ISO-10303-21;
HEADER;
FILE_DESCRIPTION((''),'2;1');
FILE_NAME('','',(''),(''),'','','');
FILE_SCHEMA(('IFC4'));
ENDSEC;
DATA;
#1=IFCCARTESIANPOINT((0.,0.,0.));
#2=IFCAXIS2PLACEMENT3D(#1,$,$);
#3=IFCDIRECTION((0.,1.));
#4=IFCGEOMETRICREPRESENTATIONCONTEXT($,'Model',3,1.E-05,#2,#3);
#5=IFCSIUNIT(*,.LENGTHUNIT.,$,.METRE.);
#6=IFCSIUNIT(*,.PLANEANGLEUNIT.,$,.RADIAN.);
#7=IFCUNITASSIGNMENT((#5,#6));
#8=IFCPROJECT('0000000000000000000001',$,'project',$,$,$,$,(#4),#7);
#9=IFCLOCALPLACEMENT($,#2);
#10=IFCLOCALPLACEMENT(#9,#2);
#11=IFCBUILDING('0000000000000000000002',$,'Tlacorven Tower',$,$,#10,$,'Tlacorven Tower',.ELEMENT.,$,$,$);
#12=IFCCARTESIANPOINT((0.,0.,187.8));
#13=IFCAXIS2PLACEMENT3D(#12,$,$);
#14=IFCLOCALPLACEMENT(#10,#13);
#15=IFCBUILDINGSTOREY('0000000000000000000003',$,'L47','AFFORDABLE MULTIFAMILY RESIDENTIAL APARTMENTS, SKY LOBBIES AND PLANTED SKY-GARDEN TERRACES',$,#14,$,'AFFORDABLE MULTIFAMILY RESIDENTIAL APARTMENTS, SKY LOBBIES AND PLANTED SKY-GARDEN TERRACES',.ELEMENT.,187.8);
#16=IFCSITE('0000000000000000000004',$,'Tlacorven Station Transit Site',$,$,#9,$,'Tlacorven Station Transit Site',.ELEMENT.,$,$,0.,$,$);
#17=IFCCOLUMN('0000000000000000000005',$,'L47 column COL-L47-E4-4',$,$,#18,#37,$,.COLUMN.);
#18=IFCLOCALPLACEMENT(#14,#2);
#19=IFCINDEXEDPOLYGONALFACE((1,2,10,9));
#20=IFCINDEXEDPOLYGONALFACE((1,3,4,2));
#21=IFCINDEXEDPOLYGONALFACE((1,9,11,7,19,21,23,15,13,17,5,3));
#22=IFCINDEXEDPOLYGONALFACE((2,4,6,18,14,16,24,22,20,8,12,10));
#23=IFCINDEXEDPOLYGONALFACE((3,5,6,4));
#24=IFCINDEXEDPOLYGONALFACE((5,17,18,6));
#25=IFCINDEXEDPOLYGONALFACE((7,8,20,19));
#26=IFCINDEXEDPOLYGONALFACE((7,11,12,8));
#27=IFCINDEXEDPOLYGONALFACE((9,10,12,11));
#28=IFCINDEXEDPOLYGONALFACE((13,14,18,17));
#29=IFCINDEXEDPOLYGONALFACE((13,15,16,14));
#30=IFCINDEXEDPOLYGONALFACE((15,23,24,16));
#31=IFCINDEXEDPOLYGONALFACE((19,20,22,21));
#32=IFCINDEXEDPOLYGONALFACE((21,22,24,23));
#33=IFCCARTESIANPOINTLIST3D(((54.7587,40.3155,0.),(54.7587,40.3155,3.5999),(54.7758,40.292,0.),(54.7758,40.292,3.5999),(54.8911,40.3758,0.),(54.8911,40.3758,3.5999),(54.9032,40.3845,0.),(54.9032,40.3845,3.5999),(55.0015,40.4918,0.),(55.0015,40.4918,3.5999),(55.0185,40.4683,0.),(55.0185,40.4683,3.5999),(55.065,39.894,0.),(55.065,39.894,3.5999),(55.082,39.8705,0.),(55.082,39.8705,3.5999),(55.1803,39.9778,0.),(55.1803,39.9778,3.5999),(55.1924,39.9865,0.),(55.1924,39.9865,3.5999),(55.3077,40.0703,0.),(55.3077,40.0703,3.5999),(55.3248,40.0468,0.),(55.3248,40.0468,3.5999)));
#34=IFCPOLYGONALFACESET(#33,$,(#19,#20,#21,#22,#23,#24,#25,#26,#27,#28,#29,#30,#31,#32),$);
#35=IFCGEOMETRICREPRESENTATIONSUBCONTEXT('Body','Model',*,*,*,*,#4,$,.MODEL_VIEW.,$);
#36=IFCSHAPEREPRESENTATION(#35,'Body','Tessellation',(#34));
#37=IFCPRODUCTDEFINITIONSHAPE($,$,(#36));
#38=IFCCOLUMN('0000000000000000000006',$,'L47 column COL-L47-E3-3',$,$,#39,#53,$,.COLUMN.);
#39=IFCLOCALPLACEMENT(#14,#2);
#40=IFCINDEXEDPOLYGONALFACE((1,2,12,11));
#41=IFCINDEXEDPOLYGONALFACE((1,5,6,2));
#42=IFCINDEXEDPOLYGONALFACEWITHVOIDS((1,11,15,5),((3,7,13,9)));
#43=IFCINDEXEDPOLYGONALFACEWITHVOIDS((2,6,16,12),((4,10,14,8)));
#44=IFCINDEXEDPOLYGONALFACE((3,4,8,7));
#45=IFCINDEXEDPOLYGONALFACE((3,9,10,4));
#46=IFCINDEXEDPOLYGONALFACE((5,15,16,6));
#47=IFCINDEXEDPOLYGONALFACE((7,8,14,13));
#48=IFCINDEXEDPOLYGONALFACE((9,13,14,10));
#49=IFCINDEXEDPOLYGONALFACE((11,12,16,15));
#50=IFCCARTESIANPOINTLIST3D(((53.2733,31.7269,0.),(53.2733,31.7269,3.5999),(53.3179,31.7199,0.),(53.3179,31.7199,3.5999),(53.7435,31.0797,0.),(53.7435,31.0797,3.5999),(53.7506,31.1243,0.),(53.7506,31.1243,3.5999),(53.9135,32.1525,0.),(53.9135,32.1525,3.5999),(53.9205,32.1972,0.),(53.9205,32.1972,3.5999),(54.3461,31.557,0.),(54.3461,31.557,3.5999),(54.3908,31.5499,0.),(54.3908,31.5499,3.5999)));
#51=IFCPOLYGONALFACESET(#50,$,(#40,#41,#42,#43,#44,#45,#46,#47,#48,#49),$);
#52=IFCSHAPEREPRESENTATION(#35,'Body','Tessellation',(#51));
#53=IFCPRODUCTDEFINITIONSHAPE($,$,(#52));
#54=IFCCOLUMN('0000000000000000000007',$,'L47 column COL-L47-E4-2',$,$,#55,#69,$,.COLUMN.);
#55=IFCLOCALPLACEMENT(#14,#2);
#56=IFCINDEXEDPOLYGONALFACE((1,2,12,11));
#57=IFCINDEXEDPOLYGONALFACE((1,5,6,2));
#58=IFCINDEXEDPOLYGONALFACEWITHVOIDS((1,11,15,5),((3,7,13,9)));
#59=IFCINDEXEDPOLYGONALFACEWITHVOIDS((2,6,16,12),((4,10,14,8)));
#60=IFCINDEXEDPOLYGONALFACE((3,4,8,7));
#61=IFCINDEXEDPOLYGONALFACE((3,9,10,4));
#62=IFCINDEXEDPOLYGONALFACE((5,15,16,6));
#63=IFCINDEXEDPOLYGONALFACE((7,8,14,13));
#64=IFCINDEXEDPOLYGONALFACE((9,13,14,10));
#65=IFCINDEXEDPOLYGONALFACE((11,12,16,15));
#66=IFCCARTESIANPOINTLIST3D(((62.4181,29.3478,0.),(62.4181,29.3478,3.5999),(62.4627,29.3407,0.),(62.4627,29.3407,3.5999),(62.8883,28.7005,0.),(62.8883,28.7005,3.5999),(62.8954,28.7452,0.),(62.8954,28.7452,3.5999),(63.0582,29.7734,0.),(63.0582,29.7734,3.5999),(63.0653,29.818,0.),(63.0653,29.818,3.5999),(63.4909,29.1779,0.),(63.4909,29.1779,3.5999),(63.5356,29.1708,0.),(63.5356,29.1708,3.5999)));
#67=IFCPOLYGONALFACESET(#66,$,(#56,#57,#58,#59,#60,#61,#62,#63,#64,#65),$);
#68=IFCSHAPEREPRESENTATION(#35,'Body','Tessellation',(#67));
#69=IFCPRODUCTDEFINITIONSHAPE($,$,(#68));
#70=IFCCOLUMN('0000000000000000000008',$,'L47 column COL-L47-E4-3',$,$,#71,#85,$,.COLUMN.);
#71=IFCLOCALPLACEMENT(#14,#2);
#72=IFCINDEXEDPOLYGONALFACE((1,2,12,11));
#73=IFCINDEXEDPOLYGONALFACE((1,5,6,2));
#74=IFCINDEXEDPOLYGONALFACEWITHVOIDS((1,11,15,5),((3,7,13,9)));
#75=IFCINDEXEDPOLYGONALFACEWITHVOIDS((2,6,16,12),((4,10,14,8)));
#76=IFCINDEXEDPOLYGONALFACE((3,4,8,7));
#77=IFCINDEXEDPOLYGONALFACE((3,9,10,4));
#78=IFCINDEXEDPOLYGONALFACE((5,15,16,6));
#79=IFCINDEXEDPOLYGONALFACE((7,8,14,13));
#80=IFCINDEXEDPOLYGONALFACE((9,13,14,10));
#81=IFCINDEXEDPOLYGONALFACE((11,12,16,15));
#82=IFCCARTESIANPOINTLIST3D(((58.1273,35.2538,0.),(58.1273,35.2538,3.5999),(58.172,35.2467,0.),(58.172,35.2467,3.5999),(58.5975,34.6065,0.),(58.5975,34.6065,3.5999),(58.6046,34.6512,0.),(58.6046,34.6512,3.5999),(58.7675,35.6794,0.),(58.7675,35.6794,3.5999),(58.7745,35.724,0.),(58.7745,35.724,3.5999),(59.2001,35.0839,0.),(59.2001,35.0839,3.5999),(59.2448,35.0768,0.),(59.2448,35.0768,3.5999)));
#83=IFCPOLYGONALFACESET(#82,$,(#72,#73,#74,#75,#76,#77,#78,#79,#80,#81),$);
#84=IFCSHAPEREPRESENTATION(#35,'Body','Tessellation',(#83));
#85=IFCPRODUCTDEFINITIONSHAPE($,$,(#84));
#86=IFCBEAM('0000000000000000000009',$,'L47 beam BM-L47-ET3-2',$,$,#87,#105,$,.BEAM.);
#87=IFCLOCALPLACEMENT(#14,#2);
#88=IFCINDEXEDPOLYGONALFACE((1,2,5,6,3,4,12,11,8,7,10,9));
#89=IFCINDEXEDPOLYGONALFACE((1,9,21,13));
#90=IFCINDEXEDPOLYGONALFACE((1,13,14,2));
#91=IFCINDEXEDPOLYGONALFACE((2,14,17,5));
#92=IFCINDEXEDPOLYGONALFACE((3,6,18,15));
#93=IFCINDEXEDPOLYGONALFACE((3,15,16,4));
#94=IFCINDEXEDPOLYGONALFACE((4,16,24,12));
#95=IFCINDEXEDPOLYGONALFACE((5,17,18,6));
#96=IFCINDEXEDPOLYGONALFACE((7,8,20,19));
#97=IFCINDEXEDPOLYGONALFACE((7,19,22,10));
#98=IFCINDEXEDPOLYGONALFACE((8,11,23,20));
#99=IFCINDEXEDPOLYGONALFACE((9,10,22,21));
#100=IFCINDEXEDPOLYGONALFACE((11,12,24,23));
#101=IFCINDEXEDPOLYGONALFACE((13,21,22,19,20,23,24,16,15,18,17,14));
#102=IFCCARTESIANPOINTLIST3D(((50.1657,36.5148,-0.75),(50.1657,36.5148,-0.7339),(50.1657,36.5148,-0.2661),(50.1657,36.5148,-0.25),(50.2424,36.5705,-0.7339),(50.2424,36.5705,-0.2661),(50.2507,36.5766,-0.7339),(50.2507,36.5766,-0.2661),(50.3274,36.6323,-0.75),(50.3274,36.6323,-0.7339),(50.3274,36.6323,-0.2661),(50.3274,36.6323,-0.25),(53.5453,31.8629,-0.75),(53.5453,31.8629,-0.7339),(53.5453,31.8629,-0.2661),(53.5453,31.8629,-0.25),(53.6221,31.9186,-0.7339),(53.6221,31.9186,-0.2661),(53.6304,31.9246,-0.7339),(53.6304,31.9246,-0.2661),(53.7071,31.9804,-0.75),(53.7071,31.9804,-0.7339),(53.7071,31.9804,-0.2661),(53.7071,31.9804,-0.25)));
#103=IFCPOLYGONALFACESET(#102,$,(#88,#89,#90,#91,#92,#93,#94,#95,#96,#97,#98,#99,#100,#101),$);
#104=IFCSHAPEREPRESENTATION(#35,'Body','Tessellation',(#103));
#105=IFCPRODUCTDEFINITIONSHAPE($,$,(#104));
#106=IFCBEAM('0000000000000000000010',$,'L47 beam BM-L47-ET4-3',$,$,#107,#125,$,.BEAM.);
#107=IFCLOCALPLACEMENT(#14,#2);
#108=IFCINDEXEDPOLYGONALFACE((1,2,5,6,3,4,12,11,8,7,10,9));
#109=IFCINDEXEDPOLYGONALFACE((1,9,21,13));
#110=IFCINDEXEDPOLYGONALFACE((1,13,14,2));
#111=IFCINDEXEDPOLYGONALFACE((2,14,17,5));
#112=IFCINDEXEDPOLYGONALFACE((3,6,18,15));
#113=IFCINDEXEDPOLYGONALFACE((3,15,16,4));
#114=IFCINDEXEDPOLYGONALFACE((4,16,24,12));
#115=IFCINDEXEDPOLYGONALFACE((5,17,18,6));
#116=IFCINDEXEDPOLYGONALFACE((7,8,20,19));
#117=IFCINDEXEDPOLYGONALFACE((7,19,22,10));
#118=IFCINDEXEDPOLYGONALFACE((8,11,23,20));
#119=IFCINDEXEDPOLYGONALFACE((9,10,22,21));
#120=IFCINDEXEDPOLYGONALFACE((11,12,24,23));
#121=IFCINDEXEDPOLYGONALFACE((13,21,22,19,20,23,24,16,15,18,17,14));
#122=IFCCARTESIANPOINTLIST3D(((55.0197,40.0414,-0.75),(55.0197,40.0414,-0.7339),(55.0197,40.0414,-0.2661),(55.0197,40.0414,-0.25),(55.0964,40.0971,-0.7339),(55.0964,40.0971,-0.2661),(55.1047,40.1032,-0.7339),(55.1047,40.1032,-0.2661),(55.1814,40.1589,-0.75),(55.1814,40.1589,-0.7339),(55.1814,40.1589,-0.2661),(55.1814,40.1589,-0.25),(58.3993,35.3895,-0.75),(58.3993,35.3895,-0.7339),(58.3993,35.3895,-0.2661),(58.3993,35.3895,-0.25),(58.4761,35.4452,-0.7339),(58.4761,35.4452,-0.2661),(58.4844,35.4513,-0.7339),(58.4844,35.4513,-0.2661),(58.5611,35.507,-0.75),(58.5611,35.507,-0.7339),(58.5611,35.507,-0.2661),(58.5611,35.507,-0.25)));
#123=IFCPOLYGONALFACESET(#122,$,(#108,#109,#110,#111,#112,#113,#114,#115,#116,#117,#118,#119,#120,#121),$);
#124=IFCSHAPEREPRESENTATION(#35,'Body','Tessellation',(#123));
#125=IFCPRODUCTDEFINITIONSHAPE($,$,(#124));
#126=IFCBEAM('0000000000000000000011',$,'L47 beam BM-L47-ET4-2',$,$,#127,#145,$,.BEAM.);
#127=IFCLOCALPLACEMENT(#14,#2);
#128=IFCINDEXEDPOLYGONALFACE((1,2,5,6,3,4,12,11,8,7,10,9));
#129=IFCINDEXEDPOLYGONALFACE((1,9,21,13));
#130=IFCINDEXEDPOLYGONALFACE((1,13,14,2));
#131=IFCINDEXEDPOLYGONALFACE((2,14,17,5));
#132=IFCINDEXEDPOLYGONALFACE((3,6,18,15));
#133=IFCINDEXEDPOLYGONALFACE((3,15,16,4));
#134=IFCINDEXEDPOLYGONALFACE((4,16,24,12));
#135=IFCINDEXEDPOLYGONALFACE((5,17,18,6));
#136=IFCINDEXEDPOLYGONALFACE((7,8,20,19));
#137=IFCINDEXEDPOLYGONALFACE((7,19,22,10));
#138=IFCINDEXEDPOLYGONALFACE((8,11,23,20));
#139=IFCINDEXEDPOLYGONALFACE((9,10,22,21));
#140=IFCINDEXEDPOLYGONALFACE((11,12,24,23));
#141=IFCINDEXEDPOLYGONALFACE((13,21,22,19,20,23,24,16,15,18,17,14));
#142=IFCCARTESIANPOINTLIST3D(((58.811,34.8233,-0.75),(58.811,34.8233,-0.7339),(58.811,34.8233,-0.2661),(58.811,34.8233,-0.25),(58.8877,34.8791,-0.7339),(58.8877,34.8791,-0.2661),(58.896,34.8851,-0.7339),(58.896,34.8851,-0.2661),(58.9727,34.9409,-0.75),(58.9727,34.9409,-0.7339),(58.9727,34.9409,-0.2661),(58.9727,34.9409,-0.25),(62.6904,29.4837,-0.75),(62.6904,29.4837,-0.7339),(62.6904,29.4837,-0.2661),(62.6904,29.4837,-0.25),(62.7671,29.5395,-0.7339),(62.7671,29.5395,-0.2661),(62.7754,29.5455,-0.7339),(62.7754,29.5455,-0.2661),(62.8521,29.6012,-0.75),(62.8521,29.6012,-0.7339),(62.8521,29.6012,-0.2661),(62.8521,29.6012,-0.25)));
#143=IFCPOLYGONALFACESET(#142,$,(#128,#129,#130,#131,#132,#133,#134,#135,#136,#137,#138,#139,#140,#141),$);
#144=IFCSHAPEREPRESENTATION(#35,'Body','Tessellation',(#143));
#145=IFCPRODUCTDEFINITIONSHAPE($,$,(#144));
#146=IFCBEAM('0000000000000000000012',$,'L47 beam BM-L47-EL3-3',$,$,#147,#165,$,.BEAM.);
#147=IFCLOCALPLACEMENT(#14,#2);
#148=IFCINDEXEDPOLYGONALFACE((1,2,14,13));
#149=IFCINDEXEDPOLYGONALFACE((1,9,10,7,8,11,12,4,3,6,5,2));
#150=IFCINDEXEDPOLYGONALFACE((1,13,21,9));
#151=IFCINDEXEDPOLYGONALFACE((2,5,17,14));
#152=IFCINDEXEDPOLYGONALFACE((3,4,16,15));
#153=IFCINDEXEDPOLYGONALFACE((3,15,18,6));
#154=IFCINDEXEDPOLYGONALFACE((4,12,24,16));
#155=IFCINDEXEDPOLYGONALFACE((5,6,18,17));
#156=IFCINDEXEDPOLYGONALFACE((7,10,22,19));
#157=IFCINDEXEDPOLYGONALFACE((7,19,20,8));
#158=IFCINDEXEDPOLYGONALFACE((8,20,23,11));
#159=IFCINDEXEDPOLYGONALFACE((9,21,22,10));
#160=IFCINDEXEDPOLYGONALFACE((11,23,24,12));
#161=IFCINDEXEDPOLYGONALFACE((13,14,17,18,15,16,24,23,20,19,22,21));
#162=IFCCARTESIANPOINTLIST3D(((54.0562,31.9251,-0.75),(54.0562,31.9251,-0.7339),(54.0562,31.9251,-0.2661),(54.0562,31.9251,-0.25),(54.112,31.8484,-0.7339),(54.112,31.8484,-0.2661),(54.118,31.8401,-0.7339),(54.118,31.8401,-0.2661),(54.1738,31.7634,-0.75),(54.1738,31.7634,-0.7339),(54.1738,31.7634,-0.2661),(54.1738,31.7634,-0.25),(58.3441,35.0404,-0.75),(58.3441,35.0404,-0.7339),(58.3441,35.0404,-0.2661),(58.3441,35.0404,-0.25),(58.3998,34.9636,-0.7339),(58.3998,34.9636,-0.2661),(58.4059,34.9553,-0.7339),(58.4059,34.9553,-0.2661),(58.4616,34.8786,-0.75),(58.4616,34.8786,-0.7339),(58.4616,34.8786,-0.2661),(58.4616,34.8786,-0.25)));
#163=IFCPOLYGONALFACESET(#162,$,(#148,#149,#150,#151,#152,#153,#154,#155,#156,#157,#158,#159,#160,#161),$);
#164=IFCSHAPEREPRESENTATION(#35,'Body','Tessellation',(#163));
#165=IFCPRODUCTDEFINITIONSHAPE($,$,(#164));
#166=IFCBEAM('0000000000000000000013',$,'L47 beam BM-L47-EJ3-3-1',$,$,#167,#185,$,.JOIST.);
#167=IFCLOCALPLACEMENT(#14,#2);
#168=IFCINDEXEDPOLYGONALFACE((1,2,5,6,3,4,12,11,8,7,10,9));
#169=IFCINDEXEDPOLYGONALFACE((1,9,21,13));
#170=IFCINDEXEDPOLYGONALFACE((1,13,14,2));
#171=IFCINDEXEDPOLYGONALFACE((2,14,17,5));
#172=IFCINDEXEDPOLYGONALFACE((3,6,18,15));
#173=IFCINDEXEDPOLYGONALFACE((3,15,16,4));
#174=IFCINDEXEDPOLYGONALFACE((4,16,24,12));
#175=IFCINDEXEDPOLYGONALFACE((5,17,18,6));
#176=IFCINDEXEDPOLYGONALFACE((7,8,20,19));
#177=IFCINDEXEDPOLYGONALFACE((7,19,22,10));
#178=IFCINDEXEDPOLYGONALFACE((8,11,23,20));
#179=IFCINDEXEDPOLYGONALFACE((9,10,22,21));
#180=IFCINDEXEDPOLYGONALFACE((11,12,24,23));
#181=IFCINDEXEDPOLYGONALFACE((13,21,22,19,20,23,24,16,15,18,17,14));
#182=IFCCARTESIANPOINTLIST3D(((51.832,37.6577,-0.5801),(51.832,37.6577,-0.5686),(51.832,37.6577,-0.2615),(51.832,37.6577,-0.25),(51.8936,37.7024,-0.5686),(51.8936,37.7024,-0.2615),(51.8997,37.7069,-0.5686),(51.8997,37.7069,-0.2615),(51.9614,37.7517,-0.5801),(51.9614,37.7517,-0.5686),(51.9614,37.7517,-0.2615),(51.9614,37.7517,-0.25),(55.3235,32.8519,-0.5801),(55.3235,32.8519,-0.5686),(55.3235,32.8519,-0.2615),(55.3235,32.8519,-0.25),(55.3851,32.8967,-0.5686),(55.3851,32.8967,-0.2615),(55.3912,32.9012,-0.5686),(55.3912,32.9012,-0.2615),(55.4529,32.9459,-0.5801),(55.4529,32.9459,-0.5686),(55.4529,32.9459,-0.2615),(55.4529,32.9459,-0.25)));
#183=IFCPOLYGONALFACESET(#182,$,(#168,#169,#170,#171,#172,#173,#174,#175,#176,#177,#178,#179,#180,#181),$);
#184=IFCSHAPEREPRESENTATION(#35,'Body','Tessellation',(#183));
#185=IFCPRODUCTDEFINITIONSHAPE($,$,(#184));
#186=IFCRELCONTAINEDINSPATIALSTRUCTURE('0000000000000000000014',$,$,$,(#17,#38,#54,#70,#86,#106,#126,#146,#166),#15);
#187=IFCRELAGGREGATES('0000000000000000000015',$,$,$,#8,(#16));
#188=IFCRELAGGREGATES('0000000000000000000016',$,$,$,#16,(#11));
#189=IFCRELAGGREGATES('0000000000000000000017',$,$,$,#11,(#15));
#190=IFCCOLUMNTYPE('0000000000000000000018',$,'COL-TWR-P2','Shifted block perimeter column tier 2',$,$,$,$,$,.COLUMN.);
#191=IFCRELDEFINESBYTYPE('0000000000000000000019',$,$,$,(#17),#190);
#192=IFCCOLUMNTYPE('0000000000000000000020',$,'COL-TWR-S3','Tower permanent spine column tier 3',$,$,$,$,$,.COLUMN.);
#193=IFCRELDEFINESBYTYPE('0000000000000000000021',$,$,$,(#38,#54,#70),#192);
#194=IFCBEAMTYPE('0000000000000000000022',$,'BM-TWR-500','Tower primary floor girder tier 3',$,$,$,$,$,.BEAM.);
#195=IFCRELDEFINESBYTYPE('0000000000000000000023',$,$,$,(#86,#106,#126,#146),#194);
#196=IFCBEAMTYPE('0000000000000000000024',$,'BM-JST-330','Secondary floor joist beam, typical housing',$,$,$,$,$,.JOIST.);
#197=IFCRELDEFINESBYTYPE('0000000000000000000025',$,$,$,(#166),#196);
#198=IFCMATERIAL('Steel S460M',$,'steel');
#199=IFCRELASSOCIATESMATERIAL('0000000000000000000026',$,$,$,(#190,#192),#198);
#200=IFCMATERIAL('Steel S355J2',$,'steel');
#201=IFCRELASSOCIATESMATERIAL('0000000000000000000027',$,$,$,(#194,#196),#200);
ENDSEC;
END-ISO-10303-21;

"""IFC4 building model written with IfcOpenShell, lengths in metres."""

from ifc_helpers import new_model, si_unit, direction, frame, origin, origin_2d, place, context, subcontext, project, spatial, hollow_rectangle, i_section, extrude, source, transform, mapped, material, material_profile, profile_set, type_object, element, save


model = new_model("IFC4")

# Units and contexts
model_context = context("Model", 3, precision=1e-05, world=origin(), true_north=direction((0.0, 1.0)))
body_context = subcontext(model_context, "Body", "Model", "MODEL_VIEW")
ifc_project = project(units=[si_unit("LENGTHUNIT", "METRE"), si_unit("PLANEANGLEUNIT", "RADIAN")], contexts=[model_context])

# Site, building, storey
site_placement = place(None, origin())
site = spatial("IfcSite", under=ifc_project, at=site_placement, Name="Tlacorven Station Transit Site", LongName="Tlacorven Station Transit Site", CompositionType="ELEMENT", RefElevation=0.0)
building_placement = place(site_placement, origin())
building = spatial("IfcBuilding", under=site, at=building_placement, Name="Tlacorven Tower", LongName="Tlacorven Tower", CompositionType="ELEMENT")
storey_placement = place(building_placement, frame((0.0, 0.0, 187.8)))
storey = spatial("IfcBuildingStorey", under=building, at=storey_placement, Name="L47", Description="AFFORDABLE MULTIFAMILY RESIDENTIAL APARTMENTS, SKY LOBBIES AND PLANTED SKY-GARDEN TERRACES", LongName="AFFORDABLE MULTIFAMILY RESIDENTIAL APARTMENTS, SKY LOBBIES AND PLANTED SKY-GARDEN TERRACES", CompositionType="ELEMENT", Elevation=187.8)

# Columns
ifc_material_1 = material(Name="Steel S460M", Category="steel")
ifc_material_profile_1 = material_profile(ifc_material_1, i_section(OverallWidth=0.3, OverallDepth=0.55, WebThickness=0.0149, FlangeThickness=0.0291, at=origin_2d()), Name="HEB 550")
ifc_profile_set_1 = profile_set([ifc_material_profile_1], Name="Steel S460M")
column_type_1 = type_object("IfcColumnType", Name="COL-TWR-P2", Description="Shifted block perimeter column tier 2", PredefinedType="COLUMN", material=ifc_profile_set_1)
shared_shape_1 = source(origin(), body_context, "Body", "SweptSolid", [
    extrude(i_section(OverallWidth=0.3, OverallDepth=0.55, WebThickness=0.0149, FlangeThickness=0.0291, at=origin_2d()), origin(), (0.0, 0.0, 1.0), 3.5999),
])
column_placement = place(storey_placement, frame((55.0417, 40.1812, 0.0), z_axis=(0.0, 0.0, 1.0), x_axis=(0.809017, 0.587785, 0.0)))
element("IfcColumn", 1, at=column_placement, inside=storey, type_object=column_type_1, Name="L47 column COL-L47-E4-4", PredefinedType="COLUMN", context=body_context, shape_type="MappedRepresentation", body=[
    mapped(shared_shape_1, transform((0.0, 0.0, 0.0), scale=1.0)),
])
ifc_material_profile_2 = material_profile(ifc_material_1, hollow_rectangle(XDim=0.8, YDim=0.8, WallThickness=0.032, at=origin_2d()), Name="BOX 800X800X32")
ifc_profile_set_2 = profile_set([ifc_material_profile_2], Name="Steel S460M")
column_type_2 = type_object("IfcColumnType", Name="COL-TWR-S3", Description="Tower permanent spine column tier 3", PredefinedType="COLUMN", material=ifc_profile_set_2)
shared_shape_2 = source(origin(), body_context, "Body", "SweptSolid", [
    extrude(hollow_rectangle(XDim=0.8, YDim=0.8, WallThickness=0.032, at=origin_2d()), origin(), (0.0, 0.0, 1.0), 3.5999),
])
for number, where, z_axis, x_axis, name in (
    (2, (53.832, 31.6384, 0.0), (0.0, 0.0, 1.0), (0.809017, 0.587785, 0.0), "L47 column COL-L47-E3-3"),
    (3, (62.9768, 29.2593, 0.0), (0.0, 0.0, 1.0), (0.809017, 0.587785, 0.0), "L47 column COL-L47-E4-2"),
    (4, (58.686, 35.1653, 0.0), (0.0, 0.0, 1.0), (0.809017, 0.587785, 0.0), "L47 column COL-L47-E4-3"),
):
    element("IfcColumn", number, at=place(storey_placement, frame(where, z_axis=z_axis, x_axis=x_axis)), inside=storey, type_object=column_type_2, Name=name, PredefinedType="COLUMN", context=body_context, shape_type="MappedRepresentation", body=[
        mapped(shared_shape_2, transform((0.0, 0.0, 0.0), scale=1.0)),
    ])

# Beams
ifc_material_2 = material(Name="Steel S355J2", Category="steel")
ifc_material_profile_3 = material_profile(ifc_material_2, i_section(OverallWidth=0.2, OverallDepth=0.5, WebThickness=0.0103, FlangeThickness=0.0161, at=origin_2d()), Name="IPE 500")
ifc_profile_set_3 = profile_set([ifc_material_profile_3], Name="Steel S355J2")
beam_type_1 = type_object("IfcBeamType", Name="BM-TWR-500", Description="Tower primary floor girder tier 3", PredefinedType="BEAM", material=ifc_profile_set_3)
shared_shape_3 = source(origin(), body_context, "Body", "SweptSolid", [
    extrude(i_section(OverallWidth=0.2, OverallDepth=0.5, WebThickness=0.0103, FlangeThickness=0.0161, at=origin_2d()), origin(), (0.0, 0.0, 1.0), 5.75),
])
for number, where, z_axis, x_axis, name in (
    (5, (53.6262, 31.9216, -0.5), (-0.58777, 0.809028, 0.0), (-0.809028, -0.58777, 0.0), "L47 beam BM-L47-ET3-2"),
    (6, (58.4802, 35.4482, -0.5), (-0.58777, 0.809028, 0.0), (-0.809028, -0.58777, 0.0), "L47 beam BM-L47-ET4-3"),
):
    element("IfcBeam", number, at=place(storey_placement, frame(where, z_axis=z_axis, x_axis=x_axis)), inside=storey, type_object=beam_type_1, Name=name, PredefinedType="BEAM", context=body_context, shape_type="MappedRepresentation", body=[
        mapped(shared_shape_3, transform((0.0, 0.0, 0.0), scale=1.0)),
    ])
shared_shape_4 = source(origin(), body_context, "Body", "SweptSolid", [
    extrude(i_section(OverallWidth=0.2, OverallDepth=0.5, WebThickness=0.0103, FlangeThickness=0.0161, at=origin_2d()), origin(), (0.0, 0.0, 1.0), 6.6001),
])
beam_1_placement = place(storey_placement, frame((62.7712, 29.5425, -0.5), z_axis=(-0.58778, 0.809021, 0.0), x_axis=(-0.809021, -0.58778, 0.0)))
element("IfcBeam", 7, at=beam_1_placement, inside=storey, type_object=beam_type_1, Name="L47 beam BM-L47-ET4-2", PredefinedType="BEAM", context=body_context, shape_type="MappedRepresentation", body=[
    mapped(shared_shape_4, transform((0.0, 0.0, 0.0), scale=1.0)),
])
shared_shape_5 = source(origin(), body_context, "Body", "SweptSolid", [
    extrude(i_section(OverallWidth=0.2, OverallDepth=0.5, WebThickness=0.0103, FlangeThickness=0.0161, at=origin_2d()), origin(), (0.0, 0.0, 1.0), 5.3),
])
beam_2_placement = place(storey_placement, frame((54.115, 31.8442, -0.5), z_axis=(0.809023, 0.587777, 0.0), x_axis=(-0.587777, 0.809023, 0.0)))
element("IfcBeam", 8, at=beam_2_placement, inside=storey, type_object=beam_type_1, Name="L47 beam BM-L47-EL3-3", PredefinedType="BEAM", context=body_context, shape_type="MappedRepresentation", body=[
    mapped(shared_shape_5, transform((0.0, 0.0, 0.0), scale=1.0)),
])
ifc_material_profile_4 = material_profile(ifc_material_2, i_section(OverallWidth=0.1599, OverallDepth=0.3301, WebThickness=0.0076, FlangeThickness=0.0115, at=origin_2d()), Name="IPE 330")
ifc_profile_set_4 = profile_set([ifc_material_profile_4], Name="Steel S355J2")
beam_type_2 = type_object("IfcBeamType", Name="BM-JST-330", Description="Secondary floor joist beam, typical housing", PredefinedType="JOIST", material=ifc_profile_set_4)
shared_shape_6 = source(origin(), body_context, "Body", "SweptSolid", [
    extrude(i_section(OverallWidth=0.1599, OverallDepth=0.3301, WebThickness=0.0076, FlangeThickness=0.0115, at=origin_2d()), origin(), (0.0, 0.0, 1.0), 5.9402),
])
for number, where, z_axis, x_axis, name in (
    (9, (55.3882, 32.8989, -0.415), (-0.587778, 0.809022, 0.0), (-0.809022, -0.587778, 0.0), "L47 beam BM-L47-EJ3-3-1"),
):
    element("IfcBeam", number, at=place(storey_placement, frame(where, z_axis=z_axis, x_axis=x_axis)), inside=storey, type_object=beam_type_2, Name=name, PredefinedType="JOIST", context=body_context, shape_type="MappedRepresentation", body=[
        mapped(shared_shape_6, transform((0.0, 0.0, 0.0), scale=1.0)),
    ])

save(model, "model.ifc")
